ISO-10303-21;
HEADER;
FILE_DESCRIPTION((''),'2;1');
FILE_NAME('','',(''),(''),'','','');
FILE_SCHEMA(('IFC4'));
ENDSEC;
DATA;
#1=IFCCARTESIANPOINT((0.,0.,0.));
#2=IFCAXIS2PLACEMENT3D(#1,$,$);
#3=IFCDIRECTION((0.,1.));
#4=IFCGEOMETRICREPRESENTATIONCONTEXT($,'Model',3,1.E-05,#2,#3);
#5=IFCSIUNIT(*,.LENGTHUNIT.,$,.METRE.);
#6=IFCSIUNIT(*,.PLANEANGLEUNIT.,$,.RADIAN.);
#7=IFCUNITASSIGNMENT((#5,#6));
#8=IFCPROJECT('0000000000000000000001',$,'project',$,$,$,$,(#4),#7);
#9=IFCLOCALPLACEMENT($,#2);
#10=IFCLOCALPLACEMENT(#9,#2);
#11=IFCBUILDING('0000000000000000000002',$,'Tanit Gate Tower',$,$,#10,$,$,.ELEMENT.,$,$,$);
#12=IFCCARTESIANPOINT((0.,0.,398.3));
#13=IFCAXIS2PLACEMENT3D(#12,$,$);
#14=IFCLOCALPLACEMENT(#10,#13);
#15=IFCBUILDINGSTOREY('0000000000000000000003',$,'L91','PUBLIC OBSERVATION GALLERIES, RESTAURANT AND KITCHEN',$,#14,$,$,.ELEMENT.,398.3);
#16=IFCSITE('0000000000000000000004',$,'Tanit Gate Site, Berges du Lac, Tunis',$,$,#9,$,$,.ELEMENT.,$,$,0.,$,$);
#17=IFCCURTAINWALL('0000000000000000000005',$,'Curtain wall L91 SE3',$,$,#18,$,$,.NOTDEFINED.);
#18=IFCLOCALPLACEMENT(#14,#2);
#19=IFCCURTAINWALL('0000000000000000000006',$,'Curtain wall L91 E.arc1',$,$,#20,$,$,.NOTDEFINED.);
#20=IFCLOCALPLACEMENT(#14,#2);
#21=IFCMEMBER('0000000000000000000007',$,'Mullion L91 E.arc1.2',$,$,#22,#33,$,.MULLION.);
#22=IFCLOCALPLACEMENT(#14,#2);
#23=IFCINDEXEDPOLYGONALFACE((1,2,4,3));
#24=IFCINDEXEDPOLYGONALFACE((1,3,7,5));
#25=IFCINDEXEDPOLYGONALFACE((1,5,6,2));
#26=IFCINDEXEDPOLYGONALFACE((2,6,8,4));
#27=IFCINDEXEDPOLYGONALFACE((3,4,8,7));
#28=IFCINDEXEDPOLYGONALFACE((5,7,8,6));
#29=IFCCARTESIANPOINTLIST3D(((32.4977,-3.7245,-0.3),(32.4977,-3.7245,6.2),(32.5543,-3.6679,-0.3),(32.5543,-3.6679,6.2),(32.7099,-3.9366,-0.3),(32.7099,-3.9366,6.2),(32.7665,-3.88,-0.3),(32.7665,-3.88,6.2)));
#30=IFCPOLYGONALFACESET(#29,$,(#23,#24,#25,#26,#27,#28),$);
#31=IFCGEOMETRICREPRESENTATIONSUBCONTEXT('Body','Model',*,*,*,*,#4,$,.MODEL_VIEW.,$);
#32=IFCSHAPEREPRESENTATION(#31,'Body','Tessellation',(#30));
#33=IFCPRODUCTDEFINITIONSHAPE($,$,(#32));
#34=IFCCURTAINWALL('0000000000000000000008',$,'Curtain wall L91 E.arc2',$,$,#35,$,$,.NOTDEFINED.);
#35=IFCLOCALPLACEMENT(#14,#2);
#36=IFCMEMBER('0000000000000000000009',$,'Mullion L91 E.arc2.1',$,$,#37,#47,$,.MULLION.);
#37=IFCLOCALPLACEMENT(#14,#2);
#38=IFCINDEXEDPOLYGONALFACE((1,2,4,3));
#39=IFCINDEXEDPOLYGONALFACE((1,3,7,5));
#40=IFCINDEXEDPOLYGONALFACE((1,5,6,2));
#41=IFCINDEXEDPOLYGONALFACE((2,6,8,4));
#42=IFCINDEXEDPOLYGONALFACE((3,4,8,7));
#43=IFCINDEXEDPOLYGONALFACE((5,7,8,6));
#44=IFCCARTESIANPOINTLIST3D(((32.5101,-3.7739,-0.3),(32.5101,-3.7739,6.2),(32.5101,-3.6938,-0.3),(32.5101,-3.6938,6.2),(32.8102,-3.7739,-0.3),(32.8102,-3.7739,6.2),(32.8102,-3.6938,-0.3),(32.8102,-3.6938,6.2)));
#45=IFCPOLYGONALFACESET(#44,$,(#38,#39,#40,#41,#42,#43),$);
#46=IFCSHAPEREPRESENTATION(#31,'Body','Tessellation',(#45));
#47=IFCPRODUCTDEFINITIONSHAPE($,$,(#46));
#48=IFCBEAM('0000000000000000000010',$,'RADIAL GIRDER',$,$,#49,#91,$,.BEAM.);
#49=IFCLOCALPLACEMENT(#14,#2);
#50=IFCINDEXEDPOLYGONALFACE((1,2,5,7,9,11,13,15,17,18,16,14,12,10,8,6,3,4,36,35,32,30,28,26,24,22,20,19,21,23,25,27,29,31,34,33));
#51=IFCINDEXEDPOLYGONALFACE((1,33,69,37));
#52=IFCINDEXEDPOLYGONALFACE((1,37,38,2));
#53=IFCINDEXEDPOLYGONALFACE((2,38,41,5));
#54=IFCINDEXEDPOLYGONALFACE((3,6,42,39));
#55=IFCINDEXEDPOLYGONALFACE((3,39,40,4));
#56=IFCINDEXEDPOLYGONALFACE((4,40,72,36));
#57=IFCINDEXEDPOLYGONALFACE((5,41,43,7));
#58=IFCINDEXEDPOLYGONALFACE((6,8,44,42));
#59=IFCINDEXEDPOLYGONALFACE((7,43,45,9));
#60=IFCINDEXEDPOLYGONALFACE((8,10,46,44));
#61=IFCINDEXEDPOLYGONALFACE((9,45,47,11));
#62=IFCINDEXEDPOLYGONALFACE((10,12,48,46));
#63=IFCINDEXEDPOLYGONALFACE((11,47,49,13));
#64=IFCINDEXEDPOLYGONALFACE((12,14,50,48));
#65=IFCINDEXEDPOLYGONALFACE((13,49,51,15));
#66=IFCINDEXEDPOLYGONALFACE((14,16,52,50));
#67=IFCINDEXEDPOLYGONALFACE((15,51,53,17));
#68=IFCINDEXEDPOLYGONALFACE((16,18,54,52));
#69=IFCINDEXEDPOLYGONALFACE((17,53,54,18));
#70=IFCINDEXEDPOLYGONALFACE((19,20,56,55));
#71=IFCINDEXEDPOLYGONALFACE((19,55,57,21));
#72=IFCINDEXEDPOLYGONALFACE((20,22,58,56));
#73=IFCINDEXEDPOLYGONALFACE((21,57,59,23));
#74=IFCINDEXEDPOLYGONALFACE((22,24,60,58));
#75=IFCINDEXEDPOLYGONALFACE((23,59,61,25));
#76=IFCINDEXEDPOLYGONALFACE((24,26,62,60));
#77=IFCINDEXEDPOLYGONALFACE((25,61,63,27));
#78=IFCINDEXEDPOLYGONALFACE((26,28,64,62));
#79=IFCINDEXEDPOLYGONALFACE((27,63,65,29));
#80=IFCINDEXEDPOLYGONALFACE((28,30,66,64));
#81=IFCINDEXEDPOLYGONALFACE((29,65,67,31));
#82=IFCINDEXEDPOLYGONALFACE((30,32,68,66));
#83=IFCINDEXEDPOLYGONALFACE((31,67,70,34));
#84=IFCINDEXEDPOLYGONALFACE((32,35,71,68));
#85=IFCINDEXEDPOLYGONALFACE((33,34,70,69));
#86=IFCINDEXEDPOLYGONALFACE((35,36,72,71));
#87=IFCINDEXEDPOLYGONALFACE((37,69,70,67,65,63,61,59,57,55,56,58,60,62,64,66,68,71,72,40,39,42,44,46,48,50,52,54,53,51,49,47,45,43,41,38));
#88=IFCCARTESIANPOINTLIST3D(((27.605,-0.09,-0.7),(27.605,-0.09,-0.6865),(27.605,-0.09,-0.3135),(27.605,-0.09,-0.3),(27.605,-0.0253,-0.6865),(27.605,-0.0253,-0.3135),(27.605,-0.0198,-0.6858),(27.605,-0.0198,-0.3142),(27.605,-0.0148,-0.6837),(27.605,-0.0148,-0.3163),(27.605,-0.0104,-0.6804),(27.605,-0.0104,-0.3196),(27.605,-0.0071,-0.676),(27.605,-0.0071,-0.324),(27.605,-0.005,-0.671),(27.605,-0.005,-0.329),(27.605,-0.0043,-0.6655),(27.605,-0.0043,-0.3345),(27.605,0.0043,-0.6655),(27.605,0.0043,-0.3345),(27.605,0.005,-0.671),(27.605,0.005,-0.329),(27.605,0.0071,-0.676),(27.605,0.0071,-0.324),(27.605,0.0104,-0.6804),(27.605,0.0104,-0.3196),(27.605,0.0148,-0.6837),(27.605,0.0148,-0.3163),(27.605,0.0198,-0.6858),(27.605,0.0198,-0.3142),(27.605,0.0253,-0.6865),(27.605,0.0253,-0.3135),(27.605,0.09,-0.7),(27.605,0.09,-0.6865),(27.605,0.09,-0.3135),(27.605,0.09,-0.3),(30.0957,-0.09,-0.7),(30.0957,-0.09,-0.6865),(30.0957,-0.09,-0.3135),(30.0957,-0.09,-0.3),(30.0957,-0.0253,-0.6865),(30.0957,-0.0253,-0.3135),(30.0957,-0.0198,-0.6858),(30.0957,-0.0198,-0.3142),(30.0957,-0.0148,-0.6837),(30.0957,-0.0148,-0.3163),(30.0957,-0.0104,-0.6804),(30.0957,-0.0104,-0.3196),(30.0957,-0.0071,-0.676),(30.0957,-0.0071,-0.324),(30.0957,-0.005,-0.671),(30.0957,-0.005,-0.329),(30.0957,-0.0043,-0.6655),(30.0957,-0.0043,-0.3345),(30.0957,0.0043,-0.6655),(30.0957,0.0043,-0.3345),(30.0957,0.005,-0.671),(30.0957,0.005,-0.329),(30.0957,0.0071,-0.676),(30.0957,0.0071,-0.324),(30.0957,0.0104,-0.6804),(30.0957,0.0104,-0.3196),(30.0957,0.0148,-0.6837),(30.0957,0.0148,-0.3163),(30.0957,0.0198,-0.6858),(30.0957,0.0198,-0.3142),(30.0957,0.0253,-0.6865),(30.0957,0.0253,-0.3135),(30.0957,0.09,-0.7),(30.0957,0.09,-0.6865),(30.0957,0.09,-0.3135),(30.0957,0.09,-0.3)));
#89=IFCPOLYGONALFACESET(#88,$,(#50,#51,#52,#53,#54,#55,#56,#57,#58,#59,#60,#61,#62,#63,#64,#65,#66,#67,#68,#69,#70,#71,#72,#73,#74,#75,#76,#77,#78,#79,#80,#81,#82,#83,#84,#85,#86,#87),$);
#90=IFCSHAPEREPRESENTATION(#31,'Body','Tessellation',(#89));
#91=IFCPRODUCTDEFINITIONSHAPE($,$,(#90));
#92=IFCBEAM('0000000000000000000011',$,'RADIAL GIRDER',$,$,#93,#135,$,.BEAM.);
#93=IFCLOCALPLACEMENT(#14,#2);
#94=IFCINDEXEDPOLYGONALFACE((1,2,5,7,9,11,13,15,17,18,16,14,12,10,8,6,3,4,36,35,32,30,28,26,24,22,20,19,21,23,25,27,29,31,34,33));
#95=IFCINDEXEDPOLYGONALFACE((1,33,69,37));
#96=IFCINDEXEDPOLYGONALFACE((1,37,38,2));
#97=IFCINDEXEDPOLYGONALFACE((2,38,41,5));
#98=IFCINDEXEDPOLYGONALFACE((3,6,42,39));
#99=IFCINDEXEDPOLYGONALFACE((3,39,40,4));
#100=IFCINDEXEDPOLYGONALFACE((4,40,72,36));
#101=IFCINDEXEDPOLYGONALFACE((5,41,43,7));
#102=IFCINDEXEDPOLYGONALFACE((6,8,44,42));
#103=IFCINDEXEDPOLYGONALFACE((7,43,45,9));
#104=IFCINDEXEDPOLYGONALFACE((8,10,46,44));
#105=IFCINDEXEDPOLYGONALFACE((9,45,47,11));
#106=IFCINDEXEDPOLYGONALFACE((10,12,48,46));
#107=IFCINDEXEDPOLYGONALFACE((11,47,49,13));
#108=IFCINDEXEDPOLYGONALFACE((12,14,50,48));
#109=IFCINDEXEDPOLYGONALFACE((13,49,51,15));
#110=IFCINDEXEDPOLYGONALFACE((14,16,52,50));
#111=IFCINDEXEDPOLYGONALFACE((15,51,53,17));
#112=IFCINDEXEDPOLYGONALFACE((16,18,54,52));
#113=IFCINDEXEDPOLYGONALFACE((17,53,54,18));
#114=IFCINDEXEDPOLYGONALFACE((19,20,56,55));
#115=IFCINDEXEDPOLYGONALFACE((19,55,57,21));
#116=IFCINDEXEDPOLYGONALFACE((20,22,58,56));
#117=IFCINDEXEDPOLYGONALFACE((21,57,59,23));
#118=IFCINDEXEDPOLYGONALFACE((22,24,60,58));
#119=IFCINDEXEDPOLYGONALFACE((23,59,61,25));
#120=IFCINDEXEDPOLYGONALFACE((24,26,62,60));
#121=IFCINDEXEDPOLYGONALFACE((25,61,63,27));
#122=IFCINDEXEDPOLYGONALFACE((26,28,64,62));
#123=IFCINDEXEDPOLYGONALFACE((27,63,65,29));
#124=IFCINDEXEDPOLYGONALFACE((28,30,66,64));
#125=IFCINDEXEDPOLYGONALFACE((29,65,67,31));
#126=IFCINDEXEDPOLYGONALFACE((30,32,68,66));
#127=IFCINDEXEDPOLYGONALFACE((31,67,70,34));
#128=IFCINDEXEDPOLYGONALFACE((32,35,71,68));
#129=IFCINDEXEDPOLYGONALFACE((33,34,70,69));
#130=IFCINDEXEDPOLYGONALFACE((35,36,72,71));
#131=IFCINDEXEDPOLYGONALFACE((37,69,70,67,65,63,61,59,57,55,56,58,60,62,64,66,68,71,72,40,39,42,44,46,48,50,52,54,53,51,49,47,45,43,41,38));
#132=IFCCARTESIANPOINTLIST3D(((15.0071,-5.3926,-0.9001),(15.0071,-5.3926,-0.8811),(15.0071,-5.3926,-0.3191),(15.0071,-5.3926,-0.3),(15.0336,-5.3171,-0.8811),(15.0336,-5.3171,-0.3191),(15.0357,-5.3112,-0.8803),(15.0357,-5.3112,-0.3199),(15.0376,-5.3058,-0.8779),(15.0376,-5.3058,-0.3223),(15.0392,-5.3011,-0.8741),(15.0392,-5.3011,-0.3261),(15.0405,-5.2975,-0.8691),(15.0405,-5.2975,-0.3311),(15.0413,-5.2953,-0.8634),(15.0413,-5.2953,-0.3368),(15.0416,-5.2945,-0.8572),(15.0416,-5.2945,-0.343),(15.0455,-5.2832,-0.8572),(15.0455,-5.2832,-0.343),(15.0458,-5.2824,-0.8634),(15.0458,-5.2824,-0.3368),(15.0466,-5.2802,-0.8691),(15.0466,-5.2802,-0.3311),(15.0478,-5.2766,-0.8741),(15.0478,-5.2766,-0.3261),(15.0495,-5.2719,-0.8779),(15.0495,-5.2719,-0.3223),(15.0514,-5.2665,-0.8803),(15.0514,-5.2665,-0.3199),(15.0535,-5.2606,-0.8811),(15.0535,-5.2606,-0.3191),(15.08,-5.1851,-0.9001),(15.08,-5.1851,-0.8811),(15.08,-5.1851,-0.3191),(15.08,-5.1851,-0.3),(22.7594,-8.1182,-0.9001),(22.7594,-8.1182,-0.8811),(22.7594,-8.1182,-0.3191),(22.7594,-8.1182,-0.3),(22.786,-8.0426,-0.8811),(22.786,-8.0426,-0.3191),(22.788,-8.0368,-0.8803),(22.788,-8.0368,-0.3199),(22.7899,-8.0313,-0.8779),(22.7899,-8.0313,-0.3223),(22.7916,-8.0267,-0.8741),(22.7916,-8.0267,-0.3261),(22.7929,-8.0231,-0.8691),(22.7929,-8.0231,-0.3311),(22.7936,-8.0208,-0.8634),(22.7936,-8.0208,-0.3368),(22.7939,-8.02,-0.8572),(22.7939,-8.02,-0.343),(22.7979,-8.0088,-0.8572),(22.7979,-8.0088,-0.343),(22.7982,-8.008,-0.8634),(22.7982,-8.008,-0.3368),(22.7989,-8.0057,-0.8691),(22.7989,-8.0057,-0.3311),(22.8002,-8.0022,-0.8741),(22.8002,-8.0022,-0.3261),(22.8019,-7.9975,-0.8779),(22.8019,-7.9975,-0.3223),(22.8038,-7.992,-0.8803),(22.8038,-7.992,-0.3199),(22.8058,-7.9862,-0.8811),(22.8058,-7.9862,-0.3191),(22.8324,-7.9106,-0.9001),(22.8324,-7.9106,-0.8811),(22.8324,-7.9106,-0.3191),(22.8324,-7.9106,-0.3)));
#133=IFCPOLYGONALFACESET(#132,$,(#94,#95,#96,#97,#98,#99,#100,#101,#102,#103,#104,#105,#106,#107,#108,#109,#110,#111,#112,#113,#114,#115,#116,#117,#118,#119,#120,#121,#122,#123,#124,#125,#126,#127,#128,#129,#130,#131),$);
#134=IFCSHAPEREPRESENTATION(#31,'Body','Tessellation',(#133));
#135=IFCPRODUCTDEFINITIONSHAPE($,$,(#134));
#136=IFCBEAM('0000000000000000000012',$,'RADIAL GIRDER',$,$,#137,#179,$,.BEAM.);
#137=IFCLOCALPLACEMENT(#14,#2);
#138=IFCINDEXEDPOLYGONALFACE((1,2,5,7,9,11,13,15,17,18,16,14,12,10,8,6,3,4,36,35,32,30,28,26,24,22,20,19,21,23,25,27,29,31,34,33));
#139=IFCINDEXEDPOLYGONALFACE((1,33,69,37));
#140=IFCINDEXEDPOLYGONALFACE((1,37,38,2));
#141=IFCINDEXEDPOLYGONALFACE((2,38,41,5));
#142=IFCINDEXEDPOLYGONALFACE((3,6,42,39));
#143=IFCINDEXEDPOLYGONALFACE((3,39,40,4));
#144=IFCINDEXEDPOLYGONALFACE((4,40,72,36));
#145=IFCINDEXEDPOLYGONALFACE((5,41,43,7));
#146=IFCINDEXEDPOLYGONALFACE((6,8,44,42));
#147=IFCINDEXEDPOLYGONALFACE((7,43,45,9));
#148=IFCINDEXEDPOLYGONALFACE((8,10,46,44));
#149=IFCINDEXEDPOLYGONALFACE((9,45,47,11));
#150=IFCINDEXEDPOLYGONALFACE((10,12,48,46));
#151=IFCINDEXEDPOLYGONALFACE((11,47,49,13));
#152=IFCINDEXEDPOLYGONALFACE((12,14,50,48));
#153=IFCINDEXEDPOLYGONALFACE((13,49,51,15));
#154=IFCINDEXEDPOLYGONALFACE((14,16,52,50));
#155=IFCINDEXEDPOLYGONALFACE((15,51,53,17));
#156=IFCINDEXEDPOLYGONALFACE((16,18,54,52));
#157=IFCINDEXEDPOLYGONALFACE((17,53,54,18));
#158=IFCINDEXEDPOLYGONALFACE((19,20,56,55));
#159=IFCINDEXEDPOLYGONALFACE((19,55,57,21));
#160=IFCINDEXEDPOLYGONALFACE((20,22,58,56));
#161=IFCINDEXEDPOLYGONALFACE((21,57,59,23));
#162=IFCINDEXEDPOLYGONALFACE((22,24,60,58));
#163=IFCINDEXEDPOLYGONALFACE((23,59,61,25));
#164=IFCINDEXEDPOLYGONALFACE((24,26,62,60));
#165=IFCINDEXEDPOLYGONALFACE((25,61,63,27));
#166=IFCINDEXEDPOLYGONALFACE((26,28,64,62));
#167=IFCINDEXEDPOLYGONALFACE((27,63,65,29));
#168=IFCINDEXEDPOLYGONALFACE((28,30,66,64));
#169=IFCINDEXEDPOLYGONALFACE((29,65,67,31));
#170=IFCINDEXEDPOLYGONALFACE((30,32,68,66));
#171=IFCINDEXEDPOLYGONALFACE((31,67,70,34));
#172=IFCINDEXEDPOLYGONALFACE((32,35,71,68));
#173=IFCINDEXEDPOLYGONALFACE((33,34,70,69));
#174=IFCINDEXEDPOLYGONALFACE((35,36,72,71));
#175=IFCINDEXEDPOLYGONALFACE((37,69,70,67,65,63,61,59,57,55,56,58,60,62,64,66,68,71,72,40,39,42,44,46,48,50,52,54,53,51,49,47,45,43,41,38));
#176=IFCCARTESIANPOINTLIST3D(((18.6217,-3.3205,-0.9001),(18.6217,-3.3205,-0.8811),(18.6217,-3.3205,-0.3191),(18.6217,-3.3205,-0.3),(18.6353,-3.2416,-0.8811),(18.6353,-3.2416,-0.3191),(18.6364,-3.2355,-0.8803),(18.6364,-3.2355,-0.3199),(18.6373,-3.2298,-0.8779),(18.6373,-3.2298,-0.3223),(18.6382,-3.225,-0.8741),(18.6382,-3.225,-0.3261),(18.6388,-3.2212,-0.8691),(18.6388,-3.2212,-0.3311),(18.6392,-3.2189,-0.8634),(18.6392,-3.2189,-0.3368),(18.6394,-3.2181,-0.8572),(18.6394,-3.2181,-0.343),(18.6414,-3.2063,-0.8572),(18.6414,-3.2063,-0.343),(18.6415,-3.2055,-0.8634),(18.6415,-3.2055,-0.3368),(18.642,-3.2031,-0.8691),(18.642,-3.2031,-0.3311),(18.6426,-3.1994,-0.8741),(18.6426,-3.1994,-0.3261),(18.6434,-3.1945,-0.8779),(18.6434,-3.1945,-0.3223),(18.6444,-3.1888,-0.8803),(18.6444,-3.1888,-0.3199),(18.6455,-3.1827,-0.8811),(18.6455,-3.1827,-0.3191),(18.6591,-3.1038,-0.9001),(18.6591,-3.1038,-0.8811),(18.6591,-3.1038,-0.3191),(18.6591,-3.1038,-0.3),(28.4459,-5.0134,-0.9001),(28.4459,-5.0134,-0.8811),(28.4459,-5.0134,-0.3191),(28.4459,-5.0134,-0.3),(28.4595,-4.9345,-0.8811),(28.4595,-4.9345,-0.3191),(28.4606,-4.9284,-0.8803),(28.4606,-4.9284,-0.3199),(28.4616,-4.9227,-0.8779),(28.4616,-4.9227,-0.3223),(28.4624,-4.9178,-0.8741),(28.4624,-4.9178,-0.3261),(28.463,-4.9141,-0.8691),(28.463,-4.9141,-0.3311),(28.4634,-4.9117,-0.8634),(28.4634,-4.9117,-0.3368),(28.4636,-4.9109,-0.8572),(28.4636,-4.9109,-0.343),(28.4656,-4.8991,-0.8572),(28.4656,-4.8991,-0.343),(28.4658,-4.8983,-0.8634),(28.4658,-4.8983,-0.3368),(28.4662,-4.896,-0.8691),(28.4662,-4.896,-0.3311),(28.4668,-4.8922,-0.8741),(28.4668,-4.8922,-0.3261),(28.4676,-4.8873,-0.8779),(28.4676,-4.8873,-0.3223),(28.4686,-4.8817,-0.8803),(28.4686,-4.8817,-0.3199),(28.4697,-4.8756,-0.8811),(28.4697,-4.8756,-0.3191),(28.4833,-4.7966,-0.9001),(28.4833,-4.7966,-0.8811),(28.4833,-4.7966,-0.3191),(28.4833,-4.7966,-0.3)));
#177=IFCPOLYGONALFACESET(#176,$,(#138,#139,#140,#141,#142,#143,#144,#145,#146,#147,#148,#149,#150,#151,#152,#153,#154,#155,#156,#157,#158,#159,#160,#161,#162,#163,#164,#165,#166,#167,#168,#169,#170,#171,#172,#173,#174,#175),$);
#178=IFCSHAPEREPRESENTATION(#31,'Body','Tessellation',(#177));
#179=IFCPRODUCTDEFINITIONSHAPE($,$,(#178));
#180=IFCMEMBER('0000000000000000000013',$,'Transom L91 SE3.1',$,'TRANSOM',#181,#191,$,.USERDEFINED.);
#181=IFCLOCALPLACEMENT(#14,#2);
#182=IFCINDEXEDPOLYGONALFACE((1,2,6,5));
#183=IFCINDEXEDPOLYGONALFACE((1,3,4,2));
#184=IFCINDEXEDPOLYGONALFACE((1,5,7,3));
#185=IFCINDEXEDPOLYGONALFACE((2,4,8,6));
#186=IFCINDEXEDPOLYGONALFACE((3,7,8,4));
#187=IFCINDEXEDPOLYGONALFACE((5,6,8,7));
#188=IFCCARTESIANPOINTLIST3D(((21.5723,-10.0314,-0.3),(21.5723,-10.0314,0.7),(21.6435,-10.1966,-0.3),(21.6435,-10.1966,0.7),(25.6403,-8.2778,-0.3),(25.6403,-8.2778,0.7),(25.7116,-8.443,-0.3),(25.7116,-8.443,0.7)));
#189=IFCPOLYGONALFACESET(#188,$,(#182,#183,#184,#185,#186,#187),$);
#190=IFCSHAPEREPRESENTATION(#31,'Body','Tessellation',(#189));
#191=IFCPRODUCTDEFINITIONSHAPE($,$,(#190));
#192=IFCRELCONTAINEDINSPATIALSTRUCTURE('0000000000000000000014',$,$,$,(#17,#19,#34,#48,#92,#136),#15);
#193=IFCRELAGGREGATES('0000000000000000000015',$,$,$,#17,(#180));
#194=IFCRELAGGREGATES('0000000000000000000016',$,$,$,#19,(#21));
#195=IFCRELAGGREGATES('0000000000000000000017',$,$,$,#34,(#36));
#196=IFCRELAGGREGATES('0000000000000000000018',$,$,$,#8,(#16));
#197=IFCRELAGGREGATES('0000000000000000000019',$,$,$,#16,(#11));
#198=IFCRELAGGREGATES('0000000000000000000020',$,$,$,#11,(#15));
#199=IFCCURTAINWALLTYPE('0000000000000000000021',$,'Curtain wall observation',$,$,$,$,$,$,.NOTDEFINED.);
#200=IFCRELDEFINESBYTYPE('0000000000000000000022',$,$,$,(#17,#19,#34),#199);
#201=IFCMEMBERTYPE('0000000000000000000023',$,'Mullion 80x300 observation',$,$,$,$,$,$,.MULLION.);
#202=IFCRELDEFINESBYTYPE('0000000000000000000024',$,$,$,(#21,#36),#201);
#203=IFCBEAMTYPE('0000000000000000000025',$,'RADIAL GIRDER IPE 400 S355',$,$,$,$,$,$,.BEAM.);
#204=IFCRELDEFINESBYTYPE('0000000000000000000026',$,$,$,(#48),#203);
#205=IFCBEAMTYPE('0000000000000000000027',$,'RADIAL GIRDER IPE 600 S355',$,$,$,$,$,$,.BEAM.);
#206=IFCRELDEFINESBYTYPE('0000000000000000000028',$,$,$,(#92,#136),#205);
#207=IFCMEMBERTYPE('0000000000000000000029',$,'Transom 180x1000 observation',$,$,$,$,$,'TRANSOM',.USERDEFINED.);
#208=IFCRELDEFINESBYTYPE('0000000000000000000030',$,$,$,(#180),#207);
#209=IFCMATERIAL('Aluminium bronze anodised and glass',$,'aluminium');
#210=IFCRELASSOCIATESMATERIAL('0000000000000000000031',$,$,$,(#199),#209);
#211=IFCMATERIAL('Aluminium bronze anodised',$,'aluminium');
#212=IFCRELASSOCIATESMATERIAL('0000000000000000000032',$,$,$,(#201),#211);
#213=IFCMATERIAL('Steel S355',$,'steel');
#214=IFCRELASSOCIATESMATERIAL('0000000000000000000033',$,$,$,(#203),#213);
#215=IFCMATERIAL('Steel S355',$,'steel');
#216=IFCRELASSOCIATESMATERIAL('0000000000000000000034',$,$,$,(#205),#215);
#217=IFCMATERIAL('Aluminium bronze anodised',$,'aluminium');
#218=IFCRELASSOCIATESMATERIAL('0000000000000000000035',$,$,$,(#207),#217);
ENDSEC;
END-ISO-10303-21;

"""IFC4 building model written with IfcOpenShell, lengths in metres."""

from ifc_helpers import new_model, si_unit, direction, frame, origin, origin_2d, place, context, subcontext, project, spatial, rectangle, i_section, extrude, material, material_profile, profile_set, type_object, element, aggregate, save


model = new_model("IFC4")

# Units and contexts
model_context = context("Model", 3, precision=1e-05, world=origin(), true_north=direction((0.0, 1.0)))
body_context = subcontext(model_context, "Body", "Model", "MODEL_VIEW")
ifc_project = project(units=[si_unit("LENGTHUNIT", "METRE"), si_unit("PLANEANGLEUNIT", "RADIAN")], contexts=[model_context])

# Site, building, storey
site_placement = place(None, origin())
site = spatial("IfcSite", under=ifc_project, at=site_placement, Name="Tanit Gate Site, Berges du Lac, Tunis", CompositionType="ELEMENT", RefElevation=0.0)
building_placement = place(site_placement, origin())
building = spatial("IfcBuilding", under=site, at=building_placement, Name="Tanit Gate Tower", CompositionType="ELEMENT")
storey_placement = place(building_placement, frame((0.0, 0.0, 398.3)))
storey = spatial("IfcBuildingStorey", under=building, at=storey_placement, Name="L91", Description="PUBLIC OBSERVATION GALLERIES, RESTAURANT AND KITCHEN", CompositionType="ELEMENT", Elevation=398.3)

# Curtain walls, member
ifc_material_1 = material(Name="Aluminium bronze anodised and glass", Category="aluminium")
curtain_wall_type = type_object("IfcCurtainWallType", Name="Curtain wall observation", PredefinedType="NOTDEFINED", material=ifc_material_1)
curtain_wall_1_placement = place(storey_placement, origin())
curtain_wall_1 = element("IfcCurtainWall", 1, at=curtain_wall_1_placement, inside=storey, type_object=curtain_wall_type, Name="Curtain wall L91 SE3", PredefinedType="NOTDEFINED")
ifc_material_2 = material(Name="Aluminium bronze anodised", Category="aluminium")
ifc_material_profile_1 = material_profile(ifc_material_2, rectangle(XDim=0.3, YDim=0.0801, at=origin_2d()), Name="80x300 bronze mullion")
ifc_profile_set_1 = profile_set([ifc_material_profile_1], Name="Aluminium bronze anodised")
member_type_1 = type_object("IfcMemberType", Name="Mullion 80x300 observation", PredefinedType="MULLION", material=ifc_profile_set_1)
curtain_wall_2_placement = place(storey_placement, origin())
curtain_wall_2 = element("IfcCurtainWall", 2, at=curtain_wall_2_placement, inside=storey, type_object=curtain_wall_type, Name="Curtain wall L91 E.arc1", PredefinedType="NOTDEFINED")
member_1_placement = place(storey_placement, frame((32.6321, -3.8022, -0.3), z_axis=(0.0, 0.0, 1.0), x_axis=(-0.707107, 0.707107, 0.0)))
member_1 = element("IfcMember", 3, at=member_1_placement, type_object=member_type_1, Name="Mullion L91 E.arc1.2", PredefinedType="MULLION", context=body_context, shape_type="SweptSolid", body=[
    extrude(rectangle(XDim=0.3, YDim=0.0801, at=origin_2d()), origin(), (0.0, 0.0, 1.0), 6.5),
])

# Curtain wall, member
curtain_wall_3_placement = place(storey_placement, origin())
curtain_wall_3 = element("IfcCurtainWall", 4, at=curtain_wall_3_placement, inside=storey, type_object=curtain_wall_type, Name="Curtain wall L91 E.arc2", PredefinedType="NOTDEFINED")
member_2_placement = place(storey_placement, frame((32.6602, -3.7339, -0.3), z_axis=(0.0, 0.0, 1.0), x_axis=(-1.0, 0.0, 0.0)))
member_2 = element("IfcMember", 5, at=member_2_placement, type_object=member_type_1, Name="Mullion L91 E.arc2.1", PredefinedType="MULLION", context=body_context, shape_type="SweptSolid", body=[
    extrude(rectangle(XDim=0.3, YDim=0.0801, at=origin_2d()), origin(), (0.0, 0.0, 1.0), 6.5),
])

# Beams
ifc_material_3 = material(Name="Steel S355", Category="steel")
ifc_material_profile_2 = material_profile(ifc_material_3, i_section(OverallWidth=0.1799, OverallDepth=0.3999, WebThickness=0.0085, FlangeThickness=0.0134, FilletRadius=0.021, at=origin_2d()), Name="IPE 400")
ifc_profile_set_2 = profile_set([ifc_material_profile_2], Name="Steel S355")
beam_type_1 = type_object("IfcBeamType", Name="RADIAL GIRDER IPE 400 S355", PredefinedType="BEAM", material=ifc_profile_set_2)
beam_1_placement = place(storey_placement, frame((30.0957, 0.0, -0.5), z_axis=(-1.0, 0.0, 0.0), x_axis=(0.0, -1.0, 0.0)))
element("IfcBeam", 6, at=beam_1_placement, inside=storey, type_object=beam_type_1, Name="RADIAL GIRDER", PredefinedType="BEAM", context=body_context, shape_type="SweptSolid", body=[
    extrude(i_section(OverallWidth=0.1799, OverallDepth=0.3999, WebThickness=0.0085, FlangeThickness=0.0134, FilletRadius=0.021, at=origin_2d()), origin(), (0.0, 0.0, 1.0), 2.4907),
])
ifc_material_4 = material(Name="Steel S355", Category="steel")
ifc_material_profile_3 = material_profile(ifc_material_4, i_section(OverallWidth=0.22, OverallDepth=0.6001, WebThickness=0.012, FlangeThickness=0.019, FilletRadius=0.0239, at=origin_2d()), Name="IPE 600")
ifc_profile_set_3 = profile_set([ifc_material_profile_3], Name="Steel S355")
beam_type_2 = type_object("IfcBeamType", Name="RADIAL GIRDER IPE 600 S355", PredefinedType="BEAM", material=ifc_profile_set_3)
beam_2_placement = place(storey_placement, frame((22.7959, -8.0144, -0.6001), z_axis=(-0.943393, 0.331676, 0.0), x_axis=(-0.331676, -0.943393, 0.0)))
element("IfcBeam", 7, at=beam_2_placement, inside=storey, type_object=beam_type_2, Name="RADIAL GIRDER", PredefinedType="BEAM", context=body_context, shape_type="SweptSolid", body=[
    extrude(i_section(OverallWidth=0.22, OverallDepth=0.6001, WebThickness=0.012, FlangeThickness=0.019, FilletRadius=0.0239, at=origin_2d()), origin(), (0.0, 0.0, 1.0), 8.2175),
])
beam_3_placement = place(storey_placement, frame((28.4646, -4.905, -0.6001), z_axis=(-0.985476, 0.169813, 0.0), x_axis=(-0.169813, -0.985476, 0.0)))
element("IfcBeam", 8, at=beam_3_placement, inside=storey, type_object=beam_type_2, Name="RADIAL GIRDER", PredefinedType="BEAM", context=body_context, shape_type="SweptSolid", body=[
    extrude(i_section(OverallWidth=0.22, OverallDepth=0.6001, WebThickness=0.012, FlangeThickness=0.019, FilletRadius=0.0239, at=origin_2d()), origin(), (0.0, 0.0, 1.0), 9.969),
])

# Member
ifc_material_5 = material(Name="Aluminium bronze anodised", Category="aluminium")
ifc_material_profile_4 = material_profile(ifc_material_5, rectangle(XDim=0.1799, YDim=1.0, at=origin_2d()), Name="180x1000 bronze transom")
ifc_profile_set_4 = profile_set([ifc_material_profile_4], Name="Aluminium bronze anodised")
member_type_2 = type_object("IfcMemberType", Name="Transom 180x1000 observation", ElementType="TRANSOM", PredefinedType="USERDEFINED", material=ifc_profile_set_4)
member_3_placement = place(storey_placement, frame((21.6079, -10.114, 0.2), z_axis=(0.918311, 0.395861, 0.0), x_axis=(-0.395861, 0.918311, 0.0)))
member_3 = element("IfcMember", 9, at=member_3_placement, type_object=member_type_2, Name="Transom L91 SE3.1", ObjectType="TRANSOM", PredefinedType="USERDEFINED", context=body_context, shape_type="SweptSolid", body=[
    extrude(rectangle(XDim=0.1799, YDim=1.0, at=origin_2d()), origin(), (0.0, 0.0, 1.0), 4.4299),
])

aggregate(curtain_wall_1, [member_3])
aggregate(curtain_wall_2, [member_1])
aggregate(curtain_wall_3, [member_2])

save(model, "model.ifc")
